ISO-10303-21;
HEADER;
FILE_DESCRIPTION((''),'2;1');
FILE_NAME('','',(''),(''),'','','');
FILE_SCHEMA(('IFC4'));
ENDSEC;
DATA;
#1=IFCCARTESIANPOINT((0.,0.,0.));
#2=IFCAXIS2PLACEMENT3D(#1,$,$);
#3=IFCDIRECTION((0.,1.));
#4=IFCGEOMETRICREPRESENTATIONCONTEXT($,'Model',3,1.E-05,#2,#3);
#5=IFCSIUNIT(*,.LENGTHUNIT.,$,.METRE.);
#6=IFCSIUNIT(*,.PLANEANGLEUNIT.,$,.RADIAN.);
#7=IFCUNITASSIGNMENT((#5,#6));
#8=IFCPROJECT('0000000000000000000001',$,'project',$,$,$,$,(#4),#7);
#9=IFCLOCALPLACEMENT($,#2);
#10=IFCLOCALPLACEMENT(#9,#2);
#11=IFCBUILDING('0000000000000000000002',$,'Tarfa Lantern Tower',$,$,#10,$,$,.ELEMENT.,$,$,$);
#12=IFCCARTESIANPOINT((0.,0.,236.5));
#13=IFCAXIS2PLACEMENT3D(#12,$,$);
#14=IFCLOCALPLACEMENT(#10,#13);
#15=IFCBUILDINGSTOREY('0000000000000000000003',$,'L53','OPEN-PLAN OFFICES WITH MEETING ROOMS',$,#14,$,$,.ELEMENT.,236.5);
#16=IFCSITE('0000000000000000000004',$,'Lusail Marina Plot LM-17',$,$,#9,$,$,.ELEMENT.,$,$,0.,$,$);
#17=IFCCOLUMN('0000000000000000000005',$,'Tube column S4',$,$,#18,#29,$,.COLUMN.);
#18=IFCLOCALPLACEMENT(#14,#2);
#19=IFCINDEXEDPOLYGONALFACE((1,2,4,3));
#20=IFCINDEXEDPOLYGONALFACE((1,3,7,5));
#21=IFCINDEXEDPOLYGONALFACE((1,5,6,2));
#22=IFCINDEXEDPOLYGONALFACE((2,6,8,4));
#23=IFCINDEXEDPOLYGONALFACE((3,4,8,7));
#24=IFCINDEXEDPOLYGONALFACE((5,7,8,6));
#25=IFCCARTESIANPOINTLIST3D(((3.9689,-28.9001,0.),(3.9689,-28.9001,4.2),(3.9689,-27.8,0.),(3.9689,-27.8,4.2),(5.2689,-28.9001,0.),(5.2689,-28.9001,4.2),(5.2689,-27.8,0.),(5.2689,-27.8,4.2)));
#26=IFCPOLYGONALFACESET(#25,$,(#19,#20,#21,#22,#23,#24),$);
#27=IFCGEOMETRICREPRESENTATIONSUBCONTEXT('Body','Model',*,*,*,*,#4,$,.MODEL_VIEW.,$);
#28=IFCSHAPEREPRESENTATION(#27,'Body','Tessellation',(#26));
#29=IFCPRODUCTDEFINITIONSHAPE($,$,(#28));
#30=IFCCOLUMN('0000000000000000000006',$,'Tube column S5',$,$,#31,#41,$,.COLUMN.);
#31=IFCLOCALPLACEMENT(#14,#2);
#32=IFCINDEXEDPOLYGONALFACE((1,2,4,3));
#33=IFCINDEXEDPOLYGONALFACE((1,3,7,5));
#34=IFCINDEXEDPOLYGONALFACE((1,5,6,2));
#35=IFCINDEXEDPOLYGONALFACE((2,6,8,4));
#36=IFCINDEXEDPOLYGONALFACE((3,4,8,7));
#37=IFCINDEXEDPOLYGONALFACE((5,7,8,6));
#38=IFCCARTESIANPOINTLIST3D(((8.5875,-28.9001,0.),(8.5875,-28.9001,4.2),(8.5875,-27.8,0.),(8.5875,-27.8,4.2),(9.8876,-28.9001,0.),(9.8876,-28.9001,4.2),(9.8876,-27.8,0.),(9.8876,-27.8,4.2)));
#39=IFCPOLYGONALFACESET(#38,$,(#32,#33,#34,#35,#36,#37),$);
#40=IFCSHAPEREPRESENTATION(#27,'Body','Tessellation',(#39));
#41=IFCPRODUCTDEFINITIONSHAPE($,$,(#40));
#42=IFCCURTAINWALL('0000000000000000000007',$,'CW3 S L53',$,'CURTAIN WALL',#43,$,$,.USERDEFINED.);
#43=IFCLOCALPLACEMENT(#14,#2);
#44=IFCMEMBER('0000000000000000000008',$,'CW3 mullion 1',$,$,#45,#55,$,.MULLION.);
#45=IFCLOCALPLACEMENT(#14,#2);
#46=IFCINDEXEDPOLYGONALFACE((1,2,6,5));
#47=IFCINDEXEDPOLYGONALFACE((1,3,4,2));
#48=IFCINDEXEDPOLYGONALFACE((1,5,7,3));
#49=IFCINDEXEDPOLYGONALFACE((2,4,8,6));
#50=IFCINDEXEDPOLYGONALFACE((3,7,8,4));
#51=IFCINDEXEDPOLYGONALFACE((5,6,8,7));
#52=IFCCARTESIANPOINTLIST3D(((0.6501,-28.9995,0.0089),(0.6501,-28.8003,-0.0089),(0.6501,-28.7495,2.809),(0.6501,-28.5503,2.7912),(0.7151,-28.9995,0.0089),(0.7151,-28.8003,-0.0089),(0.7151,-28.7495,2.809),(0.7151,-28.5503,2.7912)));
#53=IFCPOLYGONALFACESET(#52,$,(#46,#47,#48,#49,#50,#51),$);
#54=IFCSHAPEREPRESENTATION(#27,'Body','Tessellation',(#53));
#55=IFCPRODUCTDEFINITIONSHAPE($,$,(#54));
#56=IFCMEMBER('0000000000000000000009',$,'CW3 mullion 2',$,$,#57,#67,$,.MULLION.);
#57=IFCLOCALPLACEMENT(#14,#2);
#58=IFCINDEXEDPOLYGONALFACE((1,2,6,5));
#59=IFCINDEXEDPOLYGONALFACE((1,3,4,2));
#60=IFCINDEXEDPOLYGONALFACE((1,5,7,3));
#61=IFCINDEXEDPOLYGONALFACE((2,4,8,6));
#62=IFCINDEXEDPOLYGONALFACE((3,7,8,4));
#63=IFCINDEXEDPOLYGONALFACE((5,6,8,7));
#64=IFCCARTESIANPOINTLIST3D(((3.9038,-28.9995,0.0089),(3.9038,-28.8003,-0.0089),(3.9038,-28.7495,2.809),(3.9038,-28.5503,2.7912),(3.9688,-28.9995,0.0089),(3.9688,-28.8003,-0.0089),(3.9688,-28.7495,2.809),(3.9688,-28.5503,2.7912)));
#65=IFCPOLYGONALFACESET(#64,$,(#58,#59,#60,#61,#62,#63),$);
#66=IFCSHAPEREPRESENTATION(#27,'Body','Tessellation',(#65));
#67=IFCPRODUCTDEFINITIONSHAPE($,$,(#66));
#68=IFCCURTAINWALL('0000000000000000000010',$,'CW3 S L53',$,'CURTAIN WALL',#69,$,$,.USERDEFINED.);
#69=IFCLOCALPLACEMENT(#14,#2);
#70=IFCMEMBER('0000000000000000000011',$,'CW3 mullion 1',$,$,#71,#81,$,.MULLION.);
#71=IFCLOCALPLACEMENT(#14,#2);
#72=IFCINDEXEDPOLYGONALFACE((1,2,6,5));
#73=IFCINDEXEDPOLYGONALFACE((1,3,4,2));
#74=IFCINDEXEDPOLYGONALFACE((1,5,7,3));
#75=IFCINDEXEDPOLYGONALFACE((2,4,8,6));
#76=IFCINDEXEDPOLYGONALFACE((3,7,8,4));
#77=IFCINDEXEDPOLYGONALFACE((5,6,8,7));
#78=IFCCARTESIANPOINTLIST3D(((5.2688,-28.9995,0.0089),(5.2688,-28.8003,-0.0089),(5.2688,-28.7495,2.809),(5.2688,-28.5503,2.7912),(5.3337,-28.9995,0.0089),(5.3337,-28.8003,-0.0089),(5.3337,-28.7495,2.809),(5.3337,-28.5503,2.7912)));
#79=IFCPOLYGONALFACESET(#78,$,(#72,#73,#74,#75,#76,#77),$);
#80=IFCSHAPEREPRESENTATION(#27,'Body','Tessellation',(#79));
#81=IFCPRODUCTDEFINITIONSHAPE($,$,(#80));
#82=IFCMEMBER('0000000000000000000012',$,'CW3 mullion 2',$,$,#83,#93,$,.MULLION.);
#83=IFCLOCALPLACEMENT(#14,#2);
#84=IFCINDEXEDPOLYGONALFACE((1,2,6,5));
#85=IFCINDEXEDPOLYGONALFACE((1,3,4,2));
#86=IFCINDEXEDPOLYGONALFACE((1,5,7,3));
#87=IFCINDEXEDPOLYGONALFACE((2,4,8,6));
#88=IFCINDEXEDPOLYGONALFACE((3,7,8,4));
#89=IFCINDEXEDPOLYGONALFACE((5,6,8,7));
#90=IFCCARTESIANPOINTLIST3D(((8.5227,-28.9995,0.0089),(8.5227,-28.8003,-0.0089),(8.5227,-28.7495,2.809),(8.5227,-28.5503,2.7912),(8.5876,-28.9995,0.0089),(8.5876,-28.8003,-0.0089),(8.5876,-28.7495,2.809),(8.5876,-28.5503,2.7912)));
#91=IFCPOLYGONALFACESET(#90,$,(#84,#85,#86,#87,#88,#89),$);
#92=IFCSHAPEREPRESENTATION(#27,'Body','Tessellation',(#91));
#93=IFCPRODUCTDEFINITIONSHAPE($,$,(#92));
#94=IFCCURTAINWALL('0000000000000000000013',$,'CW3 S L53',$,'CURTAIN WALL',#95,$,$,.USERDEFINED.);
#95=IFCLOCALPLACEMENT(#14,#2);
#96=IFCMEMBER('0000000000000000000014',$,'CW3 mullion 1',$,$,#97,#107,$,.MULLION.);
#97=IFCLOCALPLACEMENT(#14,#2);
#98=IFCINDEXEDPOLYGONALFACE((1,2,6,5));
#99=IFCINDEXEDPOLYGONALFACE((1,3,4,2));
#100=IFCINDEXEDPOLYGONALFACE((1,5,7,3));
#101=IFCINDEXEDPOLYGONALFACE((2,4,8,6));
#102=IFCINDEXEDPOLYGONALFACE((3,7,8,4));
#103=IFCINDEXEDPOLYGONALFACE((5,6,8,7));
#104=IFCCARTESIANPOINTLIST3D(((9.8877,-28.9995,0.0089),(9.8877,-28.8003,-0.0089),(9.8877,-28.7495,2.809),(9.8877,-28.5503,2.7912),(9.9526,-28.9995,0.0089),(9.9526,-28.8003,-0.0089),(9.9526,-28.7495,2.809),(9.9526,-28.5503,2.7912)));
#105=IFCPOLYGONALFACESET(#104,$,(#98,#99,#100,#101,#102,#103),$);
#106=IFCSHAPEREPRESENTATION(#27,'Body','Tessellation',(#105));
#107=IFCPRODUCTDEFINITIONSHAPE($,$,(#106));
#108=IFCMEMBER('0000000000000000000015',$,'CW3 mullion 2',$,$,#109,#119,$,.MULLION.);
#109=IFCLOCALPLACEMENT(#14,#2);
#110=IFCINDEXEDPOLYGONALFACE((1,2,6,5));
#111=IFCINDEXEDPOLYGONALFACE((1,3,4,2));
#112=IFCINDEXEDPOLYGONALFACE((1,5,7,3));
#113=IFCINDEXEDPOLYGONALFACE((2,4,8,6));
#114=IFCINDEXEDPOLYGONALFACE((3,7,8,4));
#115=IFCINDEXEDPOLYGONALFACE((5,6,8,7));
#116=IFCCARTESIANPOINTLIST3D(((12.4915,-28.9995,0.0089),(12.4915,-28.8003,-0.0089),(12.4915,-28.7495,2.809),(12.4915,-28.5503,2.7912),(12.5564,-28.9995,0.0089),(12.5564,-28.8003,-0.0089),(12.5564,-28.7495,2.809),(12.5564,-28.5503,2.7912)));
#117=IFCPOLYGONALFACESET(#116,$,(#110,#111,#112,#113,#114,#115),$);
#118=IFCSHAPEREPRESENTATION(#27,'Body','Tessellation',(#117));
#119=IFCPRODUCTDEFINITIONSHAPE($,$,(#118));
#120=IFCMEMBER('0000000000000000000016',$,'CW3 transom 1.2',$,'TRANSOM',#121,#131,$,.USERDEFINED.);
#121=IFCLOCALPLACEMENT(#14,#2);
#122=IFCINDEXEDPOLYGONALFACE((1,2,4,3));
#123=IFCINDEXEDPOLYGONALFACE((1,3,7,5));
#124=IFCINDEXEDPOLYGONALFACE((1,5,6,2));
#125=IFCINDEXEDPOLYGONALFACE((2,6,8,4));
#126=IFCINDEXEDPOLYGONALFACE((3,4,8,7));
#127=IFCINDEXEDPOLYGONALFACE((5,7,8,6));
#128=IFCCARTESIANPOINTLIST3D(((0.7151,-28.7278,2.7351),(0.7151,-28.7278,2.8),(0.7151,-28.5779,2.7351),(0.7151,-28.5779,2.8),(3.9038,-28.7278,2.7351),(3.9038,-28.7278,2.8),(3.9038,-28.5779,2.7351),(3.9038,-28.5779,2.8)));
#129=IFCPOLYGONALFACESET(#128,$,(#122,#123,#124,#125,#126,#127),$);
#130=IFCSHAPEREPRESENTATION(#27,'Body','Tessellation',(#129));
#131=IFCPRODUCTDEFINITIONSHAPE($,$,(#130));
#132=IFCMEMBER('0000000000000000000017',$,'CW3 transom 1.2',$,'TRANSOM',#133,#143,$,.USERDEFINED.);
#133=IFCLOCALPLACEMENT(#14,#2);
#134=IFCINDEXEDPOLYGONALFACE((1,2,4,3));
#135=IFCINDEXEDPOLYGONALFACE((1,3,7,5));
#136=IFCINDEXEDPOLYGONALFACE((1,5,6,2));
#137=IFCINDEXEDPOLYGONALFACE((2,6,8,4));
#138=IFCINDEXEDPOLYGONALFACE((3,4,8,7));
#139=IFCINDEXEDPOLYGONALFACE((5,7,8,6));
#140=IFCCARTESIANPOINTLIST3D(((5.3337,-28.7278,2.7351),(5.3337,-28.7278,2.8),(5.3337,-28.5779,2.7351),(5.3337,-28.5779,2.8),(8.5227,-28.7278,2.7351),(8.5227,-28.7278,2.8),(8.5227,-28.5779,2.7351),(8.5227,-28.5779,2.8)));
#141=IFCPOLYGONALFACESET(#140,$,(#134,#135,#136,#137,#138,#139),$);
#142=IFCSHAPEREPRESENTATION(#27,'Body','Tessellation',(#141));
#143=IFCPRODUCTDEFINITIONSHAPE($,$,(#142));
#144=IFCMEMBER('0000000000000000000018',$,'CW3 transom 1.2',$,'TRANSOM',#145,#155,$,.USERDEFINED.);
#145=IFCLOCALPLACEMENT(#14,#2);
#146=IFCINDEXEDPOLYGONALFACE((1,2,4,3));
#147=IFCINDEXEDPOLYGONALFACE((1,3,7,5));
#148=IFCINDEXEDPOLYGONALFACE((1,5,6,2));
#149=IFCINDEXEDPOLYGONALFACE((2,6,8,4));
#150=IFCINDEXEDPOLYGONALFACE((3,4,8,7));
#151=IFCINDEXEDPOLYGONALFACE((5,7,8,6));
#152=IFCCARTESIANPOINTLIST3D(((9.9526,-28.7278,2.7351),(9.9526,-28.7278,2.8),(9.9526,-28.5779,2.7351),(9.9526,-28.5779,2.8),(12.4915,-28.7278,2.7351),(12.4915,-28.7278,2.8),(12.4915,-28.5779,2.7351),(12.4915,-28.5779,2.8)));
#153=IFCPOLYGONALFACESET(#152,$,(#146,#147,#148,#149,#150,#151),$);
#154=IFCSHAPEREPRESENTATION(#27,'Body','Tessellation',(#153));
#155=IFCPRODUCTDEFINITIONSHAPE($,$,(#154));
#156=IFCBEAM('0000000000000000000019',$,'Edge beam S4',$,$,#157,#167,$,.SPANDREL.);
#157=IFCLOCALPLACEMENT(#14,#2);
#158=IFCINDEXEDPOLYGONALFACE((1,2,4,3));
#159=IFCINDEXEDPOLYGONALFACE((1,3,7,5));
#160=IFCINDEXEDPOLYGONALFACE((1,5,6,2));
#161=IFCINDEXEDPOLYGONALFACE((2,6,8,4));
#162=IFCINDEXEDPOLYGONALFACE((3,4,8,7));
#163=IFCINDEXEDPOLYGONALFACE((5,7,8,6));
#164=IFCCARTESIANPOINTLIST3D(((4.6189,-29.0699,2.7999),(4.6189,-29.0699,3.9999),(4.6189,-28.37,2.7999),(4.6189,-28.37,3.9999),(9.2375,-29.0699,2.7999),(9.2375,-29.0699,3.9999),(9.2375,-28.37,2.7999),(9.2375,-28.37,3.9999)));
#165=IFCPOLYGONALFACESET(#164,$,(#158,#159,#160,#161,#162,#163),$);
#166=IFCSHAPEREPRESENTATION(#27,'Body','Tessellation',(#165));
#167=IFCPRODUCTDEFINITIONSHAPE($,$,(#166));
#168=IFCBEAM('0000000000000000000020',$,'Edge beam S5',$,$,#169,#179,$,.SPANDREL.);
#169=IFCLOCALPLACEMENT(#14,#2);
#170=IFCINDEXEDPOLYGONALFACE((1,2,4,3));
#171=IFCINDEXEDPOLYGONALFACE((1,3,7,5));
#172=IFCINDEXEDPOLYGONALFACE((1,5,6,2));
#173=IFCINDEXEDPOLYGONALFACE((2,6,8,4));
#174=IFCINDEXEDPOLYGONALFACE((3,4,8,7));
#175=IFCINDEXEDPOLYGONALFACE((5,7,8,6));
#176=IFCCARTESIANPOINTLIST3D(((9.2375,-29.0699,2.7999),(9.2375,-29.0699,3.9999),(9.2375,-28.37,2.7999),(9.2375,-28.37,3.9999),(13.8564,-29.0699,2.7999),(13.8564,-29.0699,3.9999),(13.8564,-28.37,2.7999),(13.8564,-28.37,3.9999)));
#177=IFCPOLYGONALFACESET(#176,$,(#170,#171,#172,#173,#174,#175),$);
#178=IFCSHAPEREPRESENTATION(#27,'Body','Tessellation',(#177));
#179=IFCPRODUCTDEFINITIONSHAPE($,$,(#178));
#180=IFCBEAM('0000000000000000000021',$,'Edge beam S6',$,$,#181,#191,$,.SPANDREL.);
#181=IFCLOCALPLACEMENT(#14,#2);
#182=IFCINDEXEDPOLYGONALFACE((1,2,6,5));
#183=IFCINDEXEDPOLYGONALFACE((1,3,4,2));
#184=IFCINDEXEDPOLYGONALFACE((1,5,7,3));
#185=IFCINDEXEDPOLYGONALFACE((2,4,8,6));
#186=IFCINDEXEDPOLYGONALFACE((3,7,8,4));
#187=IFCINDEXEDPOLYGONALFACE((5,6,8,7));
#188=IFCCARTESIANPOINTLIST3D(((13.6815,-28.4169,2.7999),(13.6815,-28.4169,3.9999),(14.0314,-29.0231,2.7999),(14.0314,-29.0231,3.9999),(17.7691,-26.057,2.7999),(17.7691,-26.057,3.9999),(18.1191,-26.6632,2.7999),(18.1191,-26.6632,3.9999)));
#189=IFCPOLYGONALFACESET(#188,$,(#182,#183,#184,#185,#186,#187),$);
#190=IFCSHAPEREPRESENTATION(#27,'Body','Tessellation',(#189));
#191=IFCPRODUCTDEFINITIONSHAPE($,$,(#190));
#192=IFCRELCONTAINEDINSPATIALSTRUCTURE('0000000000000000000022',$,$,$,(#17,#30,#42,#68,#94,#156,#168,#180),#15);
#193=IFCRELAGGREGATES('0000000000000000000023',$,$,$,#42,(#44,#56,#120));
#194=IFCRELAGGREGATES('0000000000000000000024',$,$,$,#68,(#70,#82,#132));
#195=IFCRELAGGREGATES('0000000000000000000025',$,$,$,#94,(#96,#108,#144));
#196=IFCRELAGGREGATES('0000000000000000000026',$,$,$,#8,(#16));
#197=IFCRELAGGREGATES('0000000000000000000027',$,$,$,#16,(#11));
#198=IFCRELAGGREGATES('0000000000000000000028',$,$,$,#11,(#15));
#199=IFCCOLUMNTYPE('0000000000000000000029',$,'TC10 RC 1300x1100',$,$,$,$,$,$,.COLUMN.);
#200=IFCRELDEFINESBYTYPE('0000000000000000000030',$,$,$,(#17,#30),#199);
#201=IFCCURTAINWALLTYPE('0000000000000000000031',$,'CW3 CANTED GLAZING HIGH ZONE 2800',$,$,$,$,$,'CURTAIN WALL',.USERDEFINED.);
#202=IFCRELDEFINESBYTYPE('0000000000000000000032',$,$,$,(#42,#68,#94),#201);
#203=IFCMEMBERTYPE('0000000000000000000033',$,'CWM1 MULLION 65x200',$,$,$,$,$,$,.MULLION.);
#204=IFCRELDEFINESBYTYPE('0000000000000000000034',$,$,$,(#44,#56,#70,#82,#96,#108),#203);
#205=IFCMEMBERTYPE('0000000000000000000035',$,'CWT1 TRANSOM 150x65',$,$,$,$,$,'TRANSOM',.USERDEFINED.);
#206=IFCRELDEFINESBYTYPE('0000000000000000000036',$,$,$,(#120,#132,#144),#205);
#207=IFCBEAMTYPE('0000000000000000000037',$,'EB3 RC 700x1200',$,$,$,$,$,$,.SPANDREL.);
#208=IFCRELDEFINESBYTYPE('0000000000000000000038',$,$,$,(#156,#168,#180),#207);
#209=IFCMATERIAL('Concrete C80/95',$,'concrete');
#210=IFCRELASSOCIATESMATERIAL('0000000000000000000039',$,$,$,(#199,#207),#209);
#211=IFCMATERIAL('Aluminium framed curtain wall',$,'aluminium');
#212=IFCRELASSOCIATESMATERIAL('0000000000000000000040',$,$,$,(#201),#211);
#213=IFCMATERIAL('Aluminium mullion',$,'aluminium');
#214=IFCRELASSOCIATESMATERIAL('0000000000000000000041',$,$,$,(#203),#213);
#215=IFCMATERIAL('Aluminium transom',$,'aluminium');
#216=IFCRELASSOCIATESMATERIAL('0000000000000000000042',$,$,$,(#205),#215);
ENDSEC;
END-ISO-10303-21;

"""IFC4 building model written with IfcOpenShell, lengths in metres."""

from ifc_helpers import new_model, si_unit, direction, frame, origin, origin_2d, place, context, subcontext, project, spatial, rectangle, extrude, material, material_profile, profile_set, type_object, element, aggregate, save


model = new_model("IFC4")

# Units and contexts
model_context = context("Model", 3, precision=1e-05, world=origin(), true_north=direction((0.0, 1.0)))
body_context = subcontext(model_context, "Body", "Model", "MODEL_VIEW")
ifc_project = project(units=[si_unit("LENGTHUNIT", "METRE"), si_unit("PLANEANGLEUNIT", "RADIAN")], contexts=[model_context])

# Site, building, storey
site_placement = place(None, origin())
site = spatial("IfcSite", under=ifc_project, at=site_placement, Name="Lusail Marina Plot LM-17", CompositionType="ELEMENT", RefElevation=0.0)
building_placement = place(site_placement, origin())
building = spatial("IfcBuilding", under=site, at=building_placement, Name="Tarfa Lantern Tower", CompositionType="ELEMENT")
storey_placement = place(building_placement, frame((0.0, 0.0, 236.5)))
storey = spatial("IfcBuildingStorey", under=building, at=storey_placement, Name="L53", Description="OPEN-PLAN OFFICES WITH MEETING ROOMS", CompositionType="ELEMENT", Elevation=236.5)

# Columns
ifc_material_1 = material(Name="Concrete C80/95", Category="concrete")
ifc_material_profile_1 = material_profile(ifc_material_1, rectangle(XDim=1.3, YDim=1.1001, at=origin_2d()), Name="RC 1300x1100")
ifc_profile_set_1 = profile_set([ifc_material_profile_1], Name="Concrete C80/95")
column_type = type_object("IfcColumnType", Name="TC10 RC 1300x1100", PredefinedType="COLUMN", material=ifc_profile_set_1)
for number, where, z_axis, x_axis, name in (
    (1, (4.6189, -28.3501, 0.0), (0.0, 0.0, 1.0), (1.0, 0.0, 0.0), "Tube column S4"),
    (2, (9.2375, -28.3501, 0.0), (0.0, 0.0, 1.0), (1.0, 0.0, 0.0), "Tube column S5"),
):
    element("IfcColumn", number, at=place(storey_placement, frame(where, z_axis=z_axis, x_axis=x_axis)), inside=storey, type_object=column_type, Name=name, PredefinedType="COLUMN", context=body_context, shape_type="SweptSolid", body=[
        extrude(rectangle(XDim=1.3, YDim=1.1001, at=origin_2d()), origin(), (0.0, 0.0, 1.0), 4.2),
    ])

# Curtain walls, members
ifc_material_2 = material(Name="Aluminium framed curtain wall", Category="aluminium")
curtain_wall_type = type_object("IfcCurtainWallType", Name="CW3 CANTED GLAZING HIGH ZONE 2800", ElementType="CURTAIN WALL", PredefinedType="USERDEFINED", material=ifc_material_2)
curtain_wall_1_placement = place(storey_placement, origin())
curtain_wall_1 = element("IfcCurtainWall", 3, at=curtain_wall_1_placement, inside=storey, type_object=curtain_wall_type, Name="CW3 S L53", ObjectType="CURTAIN WALL", PredefinedType="USERDEFINED")
ifc_material_3 = material(Name="Aluminium mullion", Category="aluminium")
ifc_material_profile_2 = material_profile(ifc_material_3, rectangle(XDim=0.0649, YDim=0.2, at=origin_2d()), Name="AL MULLION 65x200")
ifc_profile_set_2 = profile_set([ifc_material_profile_2], Name="Aluminium mullion")
member_type_1 = type_object("IfcMemberType", Name="CWM1 MULLION 65x200", PredefinedType="MULLION", material=ifc_profile_set_2)
member_1_placement = place(storey_placement, frame((0.6826, -28.8999, 0.0), z_axis=(0.0, 0.08893, 0.996038), x_axis=(-1.0, 0.0, 0.0)))
member_1 = element("IfcMember", 4, at=member_1_placement, type_object=member_type_1, Name="CW3 mullion 1", PredefinedType="MULLION", context=body_context, shape_type="SweptSolid", body=[
    extrude(rectangle(XDim=0.0649, YDim=0.2, at=origin_2d()), origin(), (0.0, 0.0, 1.0), 2.8113),
])
member_2_placement = place(storey_placement, frame((3.9363, -28.8999, 0.0), z_axis=(0.0, 0.08893, 0.996038), x_axis=(-1.0, 0.0, 0.0)))
member_2 = element("IfcMember", 5, at=member_2_placement, type_object=member_type_1, Name="CW3 mullion 2", PredefinedType="MULLION", context=body_context, shape_type="SweptSolid", body=[
    extrude(rectangle(XDim=0.0649, YDim=0.2, at=origin_2d()), origin(), (0.0, 0.0, 1.0), 2.8113),
])
curtain_wall_2_placement = place(storey_placement, origin())
curtain_wall_2 = element("IfcCurtainWall", 6, at=curtain_wall_2_placement, inside=storey, type_object=curtain_wall_type, Name="CW3 S L53", ObjectType="CURTAIN WALL", PredefinedType="USERDEFINED")
member_3_placement = place(storey_placement, frame((5.3013, -28.8999, 0.0), z_axis=(0.0, 0.08893, 0.996038), x_axis=(-1.0, 0.0, 0.0)))
member_3 = element("IfcMember", 7, at=member_3_placement, type_object=member_type_1, Name="CW3 mullion 1", PredefinedType="MULLION", context=body_context, shape_type="SweptSolid", body=[
    extrude(rectangle(XDim=0.0649, YDim=0.2, at=origin_2d()), origin(), (0.0, 0.0, 1.0), 2.8113),
])
member_4_placement = place(storey_placement, frame((8.5552, -28.8999, 0.0), z_axis=(0.0, 0.08893, 0.996038), x_axis=(-1.0, 0.0, 0.0)))
member_4 = element("IfcMember", 8, at=member_4_placement, type_object=member_type_1, Name="CW3 mullion 2", PredefinedType="MULLION", context=body_context, shape_type="SweptSolid", body=[
    extrude(rectangle(XDim=0.0649, YDim=0.2, at=origin_2d()), origin(), (0.0, 0.0, 1.0), 2.8113),
])
curtain_wall_3_placement = place(storey_placement, origin())
curtain_wall_3 = element("IfcCurtainWall", 9, at=curtain_wall_3_placement, inside=storey, type_object=curtain_wall_type, Name="CW3 S L53", ObjectType="CURTAIN WALL", PredefinedType="USERDEFINED")
member_5_placement = place(storey_placement, frame((9.9202, -28.8999, 0.0), z_axis=(0.0, 0.08893, 0.996038), x_axis=(-1.0, 0.0, 0.0)))
member_5 = element("IfcMember", 10, at=member_5_placement, type_object=member_type_1, Name="CW3 mullion 1", PredefinedType="MULLION", context=body_context, shape_type="SweptSolid", body=[
    extrude(rectangle(XDim=0.0649, YDim=0.2, at=origin_2d()), origin(), (0.0, 0.0, 1.0), 2.8113),
])
member_6_placement = place(storey_placement, frame((12.5239, -28.8999, 0.0), z_axis=(0.0, 0.08893, 0.996038), x_axis=(-1.0, 0.0, 0.0)))
member_6 = element("IfcMember", 11, at=member_6_placement, type_object=member_type_1, Name="CW3 mullion 2", PredefinedType="MULLION", context=body_context, shape_type="SweptSolid", body=[
    extrude(rectangle(XDim=0.0649, YDim=0.2, at=origin_2d()), origin(), (0.0, 0.0, 1.0), 2.8113),
])

# Members
ifc_material_4 = material(Name="Aluminium transom", Category="aluminium")
ifc_material_profile_3 = material_profile(ifc_material_4, rectangle(XDim=0.1499, YDim=0.0649, at=origin_2d()), Name="AL TRANSOM 150x65")
ifc_profile_set_3 = profile_set([ifc_material_profile_3], Name="Aluminium transom")
member_type_2 = type_object("IfcMemberType", Name="CWT1 TRANSOM 150x65", ElementType="TRANSOM", PredefinedType="USERDEFINED", material=ifc_profile_set_3)
member_7_placement = place(storey_placement, frame((0.7151, -28.6528, 2.7676), z_axis=(1.0, 0.0, 0.0), x_axis=(0.0, 1.0, 0.0)))
member_7 = element("IfcMember", 12, at=member_7_placement, type_object=member_type_2, Name="CW3 transom 1.2", ObjectType="TRANSOM", PredefinedType="USERDEFINED", context=body_context, shape_type="SweptSolid", body=[
    extrude(rectangle(XDim=0.1499, YDim=0.0649, at=origin_2d()), origin(), (0.0, 0.0, 1.0), 3.1887),
])
member_8_placement = place(storey_placement, frame((5.3337, -28.6528, 2.7676), z_axis=(1.0, 0.0, 0.0), x_axis=(0.0, 1.0, 0.0)))
member_8 = element("IfcMember", 13, at=member_8_placement, type_object=member_type_2, Name="CW3 transom 1.2", ObjectType="TRANSOM", PredefinedType="USERDEFINED", context=body_context, shape_type="SweptSolid", body=[
    extrude(rectangle(XDim=0.1499, YDim=0.0649, at=origin_2d()), origin(), (0.0, 0.0, 1.0), 3.189),
])
member_9_placement = place(storey_placement, frame((9.9526, -28.6528, 2.7676), z_axis=(1.0, 0.0, 0.0), x_axis=(0.0, 1.0, 0.0)))
member_9 = element("IfcMember", 14, at=member_9_placement, type_object=member_type_2, Name="CW3 transom 1.2", ObjectType="TRANSOM", PredefinedType="USERDEFINED", context=body_context, shape_type="SweptSolid", body=[
    extrude(rectangle(XDim=0.1499, YDim=0.0649, at=origin_2d()), origin(), (0.0, 0.0, 1.0), 2.5388),
])

# Beams
ifc_material_profile_4 = material_profile(ifc_material_1, rectangle(XDim=0.7, YDim=1.2, at=origin_2d()), Name="RC 700x1200")
ifc_profile_set_4 = profile_set([ifc_material_profile_4], Name="Concrete C80/95")
beam_type_1 = type_object("IfcBeamType", Name="EB3 RC 700x1200", PredefinedType="SPANDREL", material=ifc_profile_set_4)
beam_1_placement = place(storey_placement, frame((4.6189, -28.72, 3.3999), z_axis=(1.0, 0.0, 0.0), x_axis=(0.0, 1.0, 0.0)))
element("IfcBeam", 15, at=beam_1_placement, inside=storey, type_object=beam_type_1, Name="Edge beam S4", PredefinedType="SPANDREL", context=body_context, shape_type="SweptSolid", body=[
    extrude(rectangle(XDim=0.7, YDim=1.2, at=origin_2d()), origin(), (0.0, 0.0, 1.0), 4.6187),
])
beam_2_placement = place(storey_placement, frame((9.2375, -28.72, 3.3999), z_axis=(1.0, 0.0, 0.0), x_axis=(0.0, 1.0, 0.0)))
element("IfcBeam", 16, at=beam_2_placement, inside=storey, type_object=beam_type_1, Name="Edge beam S5", PredefinedType="SPANDREL", context=body_context, shape_type="SweptSolid", body=[
    extrude(rectangle(XDim=0.7, YDim=1.2, at=origin_2d()), origin(), (0.0, 0.0, 1.0), 4.6189),
])
beam_3_placement = place(storey_placement, frame((13.8564, -28.72, 3.3999), z_axis=(0.866038, 0.499978, 0.0), x_axis=(-0.499978, 0.866038, 0.0)))
element("IfcBeam", 17, at=beam_3_placement, inside=storey, type_object=beam_type_1, Name="Edge beam S6", PredefinedType="SPANDREL", context=body_context, shape_type="SweptSolid", body=[
    extrude(rectangle(XDim=0.7, YDim=1.2, at=origin_2d()), origin(), (0.0, 0.0, 1.0), 4.72),
])

aggregate(curtain_wall_1, [member_1, member_2, member_7])
aggregate(curtain_wall_2, [member_3, member_4, member_8])
aggregate(curtain_wall_3, [member_5, member_6, member_9])

save(model, "model.ifc")
